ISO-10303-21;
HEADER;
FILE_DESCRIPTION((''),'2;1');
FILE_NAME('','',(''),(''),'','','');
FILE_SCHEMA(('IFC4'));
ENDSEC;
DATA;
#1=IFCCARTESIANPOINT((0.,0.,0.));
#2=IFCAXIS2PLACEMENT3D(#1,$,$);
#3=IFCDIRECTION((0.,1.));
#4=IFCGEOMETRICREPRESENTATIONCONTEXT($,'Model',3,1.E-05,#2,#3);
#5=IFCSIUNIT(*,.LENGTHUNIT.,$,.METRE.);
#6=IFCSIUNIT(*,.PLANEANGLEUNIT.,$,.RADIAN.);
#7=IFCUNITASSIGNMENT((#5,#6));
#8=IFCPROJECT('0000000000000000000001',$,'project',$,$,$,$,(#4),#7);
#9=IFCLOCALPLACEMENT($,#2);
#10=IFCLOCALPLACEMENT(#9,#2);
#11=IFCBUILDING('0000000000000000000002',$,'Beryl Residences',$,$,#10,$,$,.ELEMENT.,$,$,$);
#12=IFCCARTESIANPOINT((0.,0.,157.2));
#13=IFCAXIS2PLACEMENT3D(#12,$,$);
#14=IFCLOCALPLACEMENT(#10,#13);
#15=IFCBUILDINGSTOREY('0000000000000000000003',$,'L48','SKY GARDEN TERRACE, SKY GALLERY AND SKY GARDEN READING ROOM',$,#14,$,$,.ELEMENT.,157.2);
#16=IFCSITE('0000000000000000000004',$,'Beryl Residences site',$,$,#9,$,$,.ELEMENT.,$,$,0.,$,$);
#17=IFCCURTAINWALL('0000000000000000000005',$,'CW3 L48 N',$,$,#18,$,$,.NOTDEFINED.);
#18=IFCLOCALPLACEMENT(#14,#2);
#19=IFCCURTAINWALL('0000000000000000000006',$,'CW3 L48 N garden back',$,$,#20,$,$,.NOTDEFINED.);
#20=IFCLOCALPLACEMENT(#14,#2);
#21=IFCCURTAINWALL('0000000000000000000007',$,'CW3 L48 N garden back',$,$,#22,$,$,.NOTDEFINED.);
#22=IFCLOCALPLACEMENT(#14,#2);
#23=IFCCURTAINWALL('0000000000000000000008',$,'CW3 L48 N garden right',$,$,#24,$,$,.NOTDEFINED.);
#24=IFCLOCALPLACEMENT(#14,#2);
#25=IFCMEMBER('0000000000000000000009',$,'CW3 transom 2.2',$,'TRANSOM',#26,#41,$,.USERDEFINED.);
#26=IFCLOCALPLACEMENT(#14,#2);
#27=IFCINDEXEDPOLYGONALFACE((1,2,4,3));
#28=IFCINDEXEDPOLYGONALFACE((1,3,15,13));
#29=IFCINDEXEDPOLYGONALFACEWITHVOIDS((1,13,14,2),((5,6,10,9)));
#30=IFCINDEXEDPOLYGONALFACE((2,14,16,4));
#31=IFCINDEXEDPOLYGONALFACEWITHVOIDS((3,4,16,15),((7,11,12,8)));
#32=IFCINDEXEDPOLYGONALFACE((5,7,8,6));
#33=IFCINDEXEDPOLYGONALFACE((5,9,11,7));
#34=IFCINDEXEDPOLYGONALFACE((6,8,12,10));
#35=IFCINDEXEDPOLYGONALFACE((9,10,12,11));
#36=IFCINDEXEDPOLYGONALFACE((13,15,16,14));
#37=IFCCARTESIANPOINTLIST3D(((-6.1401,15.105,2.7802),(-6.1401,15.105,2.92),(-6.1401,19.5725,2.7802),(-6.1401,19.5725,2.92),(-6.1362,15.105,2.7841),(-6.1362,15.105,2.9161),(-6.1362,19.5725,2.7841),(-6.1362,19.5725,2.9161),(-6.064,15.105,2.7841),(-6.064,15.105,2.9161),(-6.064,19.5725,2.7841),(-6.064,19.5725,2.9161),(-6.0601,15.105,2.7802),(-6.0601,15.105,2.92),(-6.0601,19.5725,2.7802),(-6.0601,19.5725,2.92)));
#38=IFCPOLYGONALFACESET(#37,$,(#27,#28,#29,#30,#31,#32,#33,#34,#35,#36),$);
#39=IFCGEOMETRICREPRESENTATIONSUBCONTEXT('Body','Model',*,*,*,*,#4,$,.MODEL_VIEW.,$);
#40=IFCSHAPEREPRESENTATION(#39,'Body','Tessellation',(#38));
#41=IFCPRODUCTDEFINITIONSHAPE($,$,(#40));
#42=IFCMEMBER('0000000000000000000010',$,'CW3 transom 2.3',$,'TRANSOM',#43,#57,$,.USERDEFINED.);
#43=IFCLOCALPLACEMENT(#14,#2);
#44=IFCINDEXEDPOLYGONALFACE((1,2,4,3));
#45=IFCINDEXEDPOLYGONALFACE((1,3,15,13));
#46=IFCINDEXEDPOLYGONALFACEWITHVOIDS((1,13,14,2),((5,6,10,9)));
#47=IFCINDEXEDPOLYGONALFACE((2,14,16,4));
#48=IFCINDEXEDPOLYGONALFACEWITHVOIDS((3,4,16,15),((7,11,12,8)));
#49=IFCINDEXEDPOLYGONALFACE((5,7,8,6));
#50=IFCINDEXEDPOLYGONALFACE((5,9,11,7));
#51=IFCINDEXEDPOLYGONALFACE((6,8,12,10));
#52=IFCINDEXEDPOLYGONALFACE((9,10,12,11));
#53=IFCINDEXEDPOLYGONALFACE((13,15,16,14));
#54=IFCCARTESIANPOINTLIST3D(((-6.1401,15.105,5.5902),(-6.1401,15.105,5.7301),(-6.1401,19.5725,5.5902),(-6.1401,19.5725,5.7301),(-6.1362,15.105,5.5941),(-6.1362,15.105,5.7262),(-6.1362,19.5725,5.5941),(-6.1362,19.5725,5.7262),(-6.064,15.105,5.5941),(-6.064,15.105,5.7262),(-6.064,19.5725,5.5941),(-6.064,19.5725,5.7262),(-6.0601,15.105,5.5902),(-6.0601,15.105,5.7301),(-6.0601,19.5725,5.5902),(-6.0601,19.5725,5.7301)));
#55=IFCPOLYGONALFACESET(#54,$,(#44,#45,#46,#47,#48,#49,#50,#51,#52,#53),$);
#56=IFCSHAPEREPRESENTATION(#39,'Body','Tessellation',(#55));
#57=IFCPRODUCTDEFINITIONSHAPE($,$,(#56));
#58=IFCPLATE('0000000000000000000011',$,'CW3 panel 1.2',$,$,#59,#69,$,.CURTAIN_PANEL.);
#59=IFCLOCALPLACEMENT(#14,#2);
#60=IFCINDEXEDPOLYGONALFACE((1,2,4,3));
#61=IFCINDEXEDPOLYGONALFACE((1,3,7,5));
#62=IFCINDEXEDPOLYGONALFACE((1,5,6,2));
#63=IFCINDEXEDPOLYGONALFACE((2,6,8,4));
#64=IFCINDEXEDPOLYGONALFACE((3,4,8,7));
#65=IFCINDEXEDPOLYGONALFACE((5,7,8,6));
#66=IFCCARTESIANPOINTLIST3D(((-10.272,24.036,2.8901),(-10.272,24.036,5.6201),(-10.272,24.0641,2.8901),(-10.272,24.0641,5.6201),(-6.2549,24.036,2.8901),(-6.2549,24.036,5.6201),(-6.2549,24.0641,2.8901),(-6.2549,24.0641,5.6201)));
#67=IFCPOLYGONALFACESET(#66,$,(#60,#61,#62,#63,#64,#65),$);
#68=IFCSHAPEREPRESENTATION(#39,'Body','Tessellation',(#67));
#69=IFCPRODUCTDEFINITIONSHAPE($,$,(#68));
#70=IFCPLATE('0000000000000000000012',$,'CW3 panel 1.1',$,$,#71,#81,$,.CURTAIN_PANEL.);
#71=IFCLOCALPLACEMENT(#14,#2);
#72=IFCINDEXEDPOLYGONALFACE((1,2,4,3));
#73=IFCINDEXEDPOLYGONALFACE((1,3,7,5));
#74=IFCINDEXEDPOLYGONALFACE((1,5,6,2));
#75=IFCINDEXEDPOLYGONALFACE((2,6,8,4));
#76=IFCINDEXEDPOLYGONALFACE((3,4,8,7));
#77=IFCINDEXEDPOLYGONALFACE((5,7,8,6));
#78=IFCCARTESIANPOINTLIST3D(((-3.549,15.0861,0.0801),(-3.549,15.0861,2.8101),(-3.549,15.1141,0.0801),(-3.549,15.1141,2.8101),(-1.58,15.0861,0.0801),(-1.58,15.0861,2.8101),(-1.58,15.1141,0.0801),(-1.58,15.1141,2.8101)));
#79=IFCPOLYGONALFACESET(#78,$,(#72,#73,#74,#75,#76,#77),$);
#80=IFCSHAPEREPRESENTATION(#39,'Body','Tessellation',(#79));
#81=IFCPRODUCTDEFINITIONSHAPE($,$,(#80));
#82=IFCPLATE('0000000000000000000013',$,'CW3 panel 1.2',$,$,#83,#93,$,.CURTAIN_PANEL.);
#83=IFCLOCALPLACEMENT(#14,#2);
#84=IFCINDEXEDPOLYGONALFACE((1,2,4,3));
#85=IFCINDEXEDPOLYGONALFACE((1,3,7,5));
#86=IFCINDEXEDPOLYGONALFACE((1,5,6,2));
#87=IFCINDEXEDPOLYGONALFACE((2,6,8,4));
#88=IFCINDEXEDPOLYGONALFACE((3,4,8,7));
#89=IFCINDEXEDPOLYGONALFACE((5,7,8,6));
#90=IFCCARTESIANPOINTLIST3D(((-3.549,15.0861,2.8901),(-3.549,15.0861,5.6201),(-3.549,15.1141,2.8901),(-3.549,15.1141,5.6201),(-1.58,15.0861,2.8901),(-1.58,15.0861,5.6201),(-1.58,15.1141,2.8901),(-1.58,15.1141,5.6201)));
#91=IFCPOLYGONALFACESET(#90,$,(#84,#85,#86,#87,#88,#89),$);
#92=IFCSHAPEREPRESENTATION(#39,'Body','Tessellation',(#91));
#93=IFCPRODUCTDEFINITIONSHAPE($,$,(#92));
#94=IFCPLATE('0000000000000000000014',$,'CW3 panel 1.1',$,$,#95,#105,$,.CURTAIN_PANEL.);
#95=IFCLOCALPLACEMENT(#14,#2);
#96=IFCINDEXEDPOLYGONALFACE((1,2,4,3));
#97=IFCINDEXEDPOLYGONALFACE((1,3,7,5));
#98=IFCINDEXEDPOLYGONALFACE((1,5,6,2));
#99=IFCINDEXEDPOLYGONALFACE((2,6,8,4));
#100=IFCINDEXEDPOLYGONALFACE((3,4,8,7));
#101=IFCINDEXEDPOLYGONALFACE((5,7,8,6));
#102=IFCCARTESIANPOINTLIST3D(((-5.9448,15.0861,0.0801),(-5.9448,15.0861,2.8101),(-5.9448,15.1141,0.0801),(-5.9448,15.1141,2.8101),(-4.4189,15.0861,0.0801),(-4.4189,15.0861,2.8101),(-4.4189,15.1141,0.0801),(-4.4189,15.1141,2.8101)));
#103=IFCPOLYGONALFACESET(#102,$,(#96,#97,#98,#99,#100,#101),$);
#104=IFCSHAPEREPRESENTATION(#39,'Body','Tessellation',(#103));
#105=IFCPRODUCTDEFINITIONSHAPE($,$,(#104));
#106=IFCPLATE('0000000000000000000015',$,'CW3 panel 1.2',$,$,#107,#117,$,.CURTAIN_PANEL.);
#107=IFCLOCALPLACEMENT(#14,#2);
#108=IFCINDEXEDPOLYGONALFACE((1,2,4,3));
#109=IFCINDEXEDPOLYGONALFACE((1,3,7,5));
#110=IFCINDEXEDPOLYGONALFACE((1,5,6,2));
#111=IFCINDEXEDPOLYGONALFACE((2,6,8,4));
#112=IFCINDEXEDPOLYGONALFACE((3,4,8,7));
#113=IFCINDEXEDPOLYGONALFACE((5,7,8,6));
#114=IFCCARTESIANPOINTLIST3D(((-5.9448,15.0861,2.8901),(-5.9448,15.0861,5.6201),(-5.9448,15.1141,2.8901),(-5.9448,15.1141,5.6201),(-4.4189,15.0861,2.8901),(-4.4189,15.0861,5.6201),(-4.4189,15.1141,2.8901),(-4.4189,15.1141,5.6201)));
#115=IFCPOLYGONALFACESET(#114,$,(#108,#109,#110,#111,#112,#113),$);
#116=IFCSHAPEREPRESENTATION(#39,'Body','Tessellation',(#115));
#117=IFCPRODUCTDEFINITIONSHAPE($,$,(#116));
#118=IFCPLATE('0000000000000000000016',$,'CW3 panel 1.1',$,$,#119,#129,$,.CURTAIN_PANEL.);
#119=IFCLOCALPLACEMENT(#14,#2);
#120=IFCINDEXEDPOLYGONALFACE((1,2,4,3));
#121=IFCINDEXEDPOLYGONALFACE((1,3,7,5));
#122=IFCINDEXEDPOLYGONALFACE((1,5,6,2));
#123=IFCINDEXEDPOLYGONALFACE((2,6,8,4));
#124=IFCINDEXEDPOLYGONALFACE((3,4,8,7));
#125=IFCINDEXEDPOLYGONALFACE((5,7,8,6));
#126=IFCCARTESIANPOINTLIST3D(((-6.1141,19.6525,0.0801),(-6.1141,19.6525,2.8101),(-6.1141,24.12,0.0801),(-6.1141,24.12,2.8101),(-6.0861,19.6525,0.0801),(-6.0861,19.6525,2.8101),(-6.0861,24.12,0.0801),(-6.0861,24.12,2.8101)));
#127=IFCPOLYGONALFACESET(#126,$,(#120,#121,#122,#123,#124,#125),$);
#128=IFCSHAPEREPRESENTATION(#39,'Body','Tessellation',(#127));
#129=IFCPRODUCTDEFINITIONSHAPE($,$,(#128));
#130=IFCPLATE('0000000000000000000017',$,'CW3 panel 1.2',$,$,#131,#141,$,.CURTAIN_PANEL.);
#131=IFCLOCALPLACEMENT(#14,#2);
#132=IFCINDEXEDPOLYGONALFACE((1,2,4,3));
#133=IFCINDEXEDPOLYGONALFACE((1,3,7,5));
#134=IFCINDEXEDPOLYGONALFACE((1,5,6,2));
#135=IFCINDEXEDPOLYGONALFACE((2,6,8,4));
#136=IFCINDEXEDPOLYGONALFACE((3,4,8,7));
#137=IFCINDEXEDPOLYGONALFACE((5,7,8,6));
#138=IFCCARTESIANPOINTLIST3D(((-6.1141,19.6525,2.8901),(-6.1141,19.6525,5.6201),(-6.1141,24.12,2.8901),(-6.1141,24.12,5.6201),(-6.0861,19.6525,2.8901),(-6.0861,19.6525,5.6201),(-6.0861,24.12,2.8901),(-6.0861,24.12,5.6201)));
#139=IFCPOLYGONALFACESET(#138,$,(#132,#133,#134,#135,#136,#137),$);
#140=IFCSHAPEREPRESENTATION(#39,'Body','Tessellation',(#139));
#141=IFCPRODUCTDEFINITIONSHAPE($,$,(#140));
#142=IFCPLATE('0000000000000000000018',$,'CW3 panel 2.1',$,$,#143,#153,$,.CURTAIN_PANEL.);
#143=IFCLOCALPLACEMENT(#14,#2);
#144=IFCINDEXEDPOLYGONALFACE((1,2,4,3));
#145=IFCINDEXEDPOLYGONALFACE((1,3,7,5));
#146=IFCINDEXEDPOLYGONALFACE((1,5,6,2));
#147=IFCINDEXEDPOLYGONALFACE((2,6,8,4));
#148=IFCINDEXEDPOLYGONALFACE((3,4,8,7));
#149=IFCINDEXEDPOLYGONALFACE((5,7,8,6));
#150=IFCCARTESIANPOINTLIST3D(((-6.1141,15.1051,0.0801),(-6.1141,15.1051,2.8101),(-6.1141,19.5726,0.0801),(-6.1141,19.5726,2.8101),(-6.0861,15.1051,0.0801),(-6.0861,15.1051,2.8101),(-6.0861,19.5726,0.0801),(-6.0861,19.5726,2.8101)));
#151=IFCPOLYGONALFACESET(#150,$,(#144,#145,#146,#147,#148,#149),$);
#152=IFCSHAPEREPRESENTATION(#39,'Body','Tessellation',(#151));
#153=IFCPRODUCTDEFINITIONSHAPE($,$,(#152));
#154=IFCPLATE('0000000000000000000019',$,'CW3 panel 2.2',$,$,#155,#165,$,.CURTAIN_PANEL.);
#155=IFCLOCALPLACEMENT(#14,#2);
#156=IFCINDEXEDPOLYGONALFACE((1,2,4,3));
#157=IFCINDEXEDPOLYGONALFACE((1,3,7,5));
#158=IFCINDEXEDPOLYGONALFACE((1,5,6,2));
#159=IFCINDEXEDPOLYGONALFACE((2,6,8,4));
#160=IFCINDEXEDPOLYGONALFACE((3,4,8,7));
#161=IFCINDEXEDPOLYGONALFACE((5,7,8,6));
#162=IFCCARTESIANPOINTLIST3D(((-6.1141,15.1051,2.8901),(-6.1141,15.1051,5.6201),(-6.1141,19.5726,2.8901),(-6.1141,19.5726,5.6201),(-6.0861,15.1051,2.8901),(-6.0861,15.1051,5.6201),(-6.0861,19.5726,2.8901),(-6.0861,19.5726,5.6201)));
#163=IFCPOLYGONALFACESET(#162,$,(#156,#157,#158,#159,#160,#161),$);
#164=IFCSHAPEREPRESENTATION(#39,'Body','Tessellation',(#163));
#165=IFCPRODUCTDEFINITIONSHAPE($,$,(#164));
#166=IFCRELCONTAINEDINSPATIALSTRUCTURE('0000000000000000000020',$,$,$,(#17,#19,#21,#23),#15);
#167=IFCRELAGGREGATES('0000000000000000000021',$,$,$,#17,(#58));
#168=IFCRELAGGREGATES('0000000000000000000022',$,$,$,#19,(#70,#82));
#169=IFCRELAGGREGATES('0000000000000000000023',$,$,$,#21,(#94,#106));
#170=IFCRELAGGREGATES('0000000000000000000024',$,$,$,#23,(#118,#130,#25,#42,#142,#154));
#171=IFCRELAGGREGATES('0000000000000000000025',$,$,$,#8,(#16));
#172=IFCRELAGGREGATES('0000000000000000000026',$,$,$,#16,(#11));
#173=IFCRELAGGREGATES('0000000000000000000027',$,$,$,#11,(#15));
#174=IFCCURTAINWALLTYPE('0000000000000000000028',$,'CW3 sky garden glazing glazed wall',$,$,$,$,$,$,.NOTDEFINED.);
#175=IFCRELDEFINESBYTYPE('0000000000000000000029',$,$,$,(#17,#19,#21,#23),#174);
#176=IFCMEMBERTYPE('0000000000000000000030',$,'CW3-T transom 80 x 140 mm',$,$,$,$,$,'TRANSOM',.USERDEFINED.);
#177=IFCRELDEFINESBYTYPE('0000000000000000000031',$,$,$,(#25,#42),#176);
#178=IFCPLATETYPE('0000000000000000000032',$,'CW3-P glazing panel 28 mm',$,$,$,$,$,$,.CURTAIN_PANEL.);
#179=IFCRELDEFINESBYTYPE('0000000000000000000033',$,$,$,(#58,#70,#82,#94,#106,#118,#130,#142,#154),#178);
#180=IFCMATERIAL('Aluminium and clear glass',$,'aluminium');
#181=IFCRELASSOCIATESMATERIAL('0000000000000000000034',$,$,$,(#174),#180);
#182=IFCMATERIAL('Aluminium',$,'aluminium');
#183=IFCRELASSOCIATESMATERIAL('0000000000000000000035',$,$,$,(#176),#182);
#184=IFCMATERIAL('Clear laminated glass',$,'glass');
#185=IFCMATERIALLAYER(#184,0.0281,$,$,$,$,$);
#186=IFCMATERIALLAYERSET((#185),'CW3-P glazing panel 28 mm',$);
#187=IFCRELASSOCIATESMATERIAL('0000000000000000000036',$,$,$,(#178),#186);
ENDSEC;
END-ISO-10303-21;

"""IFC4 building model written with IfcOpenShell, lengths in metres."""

from ifc_helpers import new_model, si_unit, direction, frame, origin, origin_2d, place, context, subcontext, project, spatial, rectangle, hollow_rectangle, extrude, material, layer, layer_set, material_profile, profile_set, type_object, element, aggregate, save


model = new_model("IFC4")

# Units and contexts
model_context = context("Model", 3, precision=1e-05, world=origin(), true_north=direction((0.0, 1.0)))
body_context = subcontext(model_context, "Body", "Model", "MODEL_VIEW")
ifc_project = project(units=[si_unit("LENGTHUNIT", "METRE"), si_unit("PLANEANGLEUNIT", "RADIAN")], contexts=[model_context])

# Site, building, storey
site_placement = place(None, origin())
site = spatial("IfcSite", under=ifc_project, at=site_placement, Name="Beryl Residences site", CompositionType="ELEMENT", RefElevation=0.0)
building_placement = place(site_placement, origin())
building = spatial("IfcBuilding", under=site, at=building_placement, Name="Beryl Residences", CompositionType="ELEMENT")
storey_placement = place(building_placement, frame((0.0, 0.0, 157.2)))
storey = spatial("IfcBuildingStorey", under=building, at=storey_placement, Name="L48", Description="SKY GARDEN TERRACE, SKY GALLERY AND SKY GARDEN READING ROOM", CompositionType="ELEMENT", Elevation=157.2)

# Curtain wall
ifc_material_1 = material(Name="Aluminium and clear glass", Category="aluminium")
curtain_wall_type = type_object("IfcCurtainWallType", Name="CW3 sky garden glazing glazed wall", PredefinedType="NOTDEFINED", material=ifc_material_1)
curtain_wall_1_placement = place(storey_placement, origin())
curtain_wall_1 = element("IfcCurtainWall", 1, at=curtain_wall_1_placement, inside=storey, type_object=curtain_wall_type, Name="CW3 L48 N", PredefinedType="NOTDEFINED")

# Curtain walls
curtain_wall_2_placement = place(storey_placement, origin())
curtain_wall_2 = element("IfcCurtainWall", 2, at=curtain_wall_2_placement, inside=storey, type_object=curtain_wall_type, Name="CW3 L48 N garden back", PredefinedType="NOTDEFINED")
curtain_wall_3_placement = place(storey_placement, origin())
curtain_wall_3 = element("IfcCurtainWall", 3, at=curtain_wall_3_placement, inside=storey, type_object=curtain_wall_type, Name="CW3 L48 N garden back", PredefinedType="NOTDEFINED")
curtain_wall_4_placement = place(storey_placement, origin())
curtain_wall_4 = element("IfcCurtainWall", 4, at=curtain_wall_4_placement, inside=storey, type_object=curtain_wall_type, Name="CW3 L48 N garden right", PredefinedType="NOTDEFINED")

# Members
ifc_material_2 = material(Name="Aluminium", Category="aluminium")
ifc_material_profile_1 = material_profile(ifc_material_2, hollow_rectangle(XDim=0.0801, YDim=0.1399, WallThickness=0.0039, at=origin_2d()))
ifc_profile_set_1 = profile_set([ifc_material_profile_1], Name="Aluminium")
member_type_1 = type_object("IfcMemberType", Name="CW3-T transom 80 x 140 mm", ElementType="TRANSOM", PredefinedType="USERDEFINED", material=ifc_profile_set_1)
member_1_placement = place(storey_placement, frame((-6.1001, 19.5725, 2.8501), z_axis=(0.0, -1.0, 0.0), x_axis=(1.0, 0.0, 0.0)))
member_1 = element("IfcMember", 5, at=member_1_placement, type_object=member_type_1, Name="CW3 transom 2.2", ObjectType="TRANSOM", PredefinedType="USERDEFINED", context=body_context, shape_type="SweptSolid", body=[
    extrude(hollow_rectangle(XDim=0.0801, YDim=0.1399, WallThickness=0.0039, at=origin_2d()), origin(), (0.0, 0.0, 1.0), 4.4675),
])
member_2_placement = place(storey_placement, frame((-6.1001, 19.5725, 5.6602), z_axis=(0.0, -1.0, 0.0), x_axis=(1.0, 0.0, 0.0)))
member_2 = element("IfcMember", 6, at=member_2_placement, type_object=member_type_1, Name="CW3 transom 2.3", ObjectType="TRANSOM", PredefinedType="USERDEFINED", context=body_context, shape_type="SweptSolid", body=[
    extrude(hollow_rectangle(XDim=0.0801, YDim=0.1399, WallThickness=0.0039, at=origin_2d()), origin(), (0.0, 0.0, 1.0), 4.4675),
])

# Plates
ifc_material_3 = material(Name="Clear laminated glass", Category="glass")
ifc_layer = layer(ifc_material_3, 0.0281)
ifc_layer_set = layer_set([ifc_layer], Name="CW3-P glazing panel 28 mm")
plate_type = type_object("IfcPlateType", Name="CW3-P glazing panel 28 mm", PredefinedType="CURTAIN_PANEL", material=ifc_layer_set)
plate_1_placement = place(storey_placement, frame((-8.2634, 24.05, 2.8901), z_axis=(0.0, 0.0, 1.0), x_axis=(-1.0, 0.0, 0.0)))
plate_1 = element("IfcPlate", 7, at=plate_1_placement, type_object=plate_type, Name="CW3 panel 1.2", PredefinedType="CURTAIN_PANEL", context=body_context, shape_type="SweptSolid", body=[
    extrude(rectangle(XDim=4.0171, YDim=0.0281, at=origin_2d()), origin(), (0.0, 0.0, 1.0), 2.73),
])
aggregate(curtain_wall_1, [plate_1])
plate_2_placement = place(storey_placement, frame((-2.5645, 15.1001, 0.0801), z_axis=(0.0, 0.0, 1.0), x_axis=(-1.0, 0.0, 0.0)))
plate_2 = element("IfcPlate", 8, at=plate_2_placement, type_object=plate_type, Name="CW3 panel 1.1", PredefinedType="CURTAIN_PANEL", context=body_context, shape_type="SweptSolid", body=[
    extrude(rectangle(XDim=1.969, YDim=0.0281, at=origin_2d()), origin(), (0.0, 0.0, 1.0), 2.73),
])
plate_3_placement = place(storey_placement, frame((-2.5645, 15.1001, 2.8901), z_axis=(0.0, 0.0, 1.0), x_axis=(-1.0, 0.0, 0.0)))
plate_3 = element("IfcPlate", 9, at=plate_3_placement, type_object=plate_type, Name="CW3 panel 1.2", PredefinedType="CURTAIN_PANEL", context=body_context, shape_type="SweptSolid", body=[
    extrude(rectangle(XDim=1.969, YDim=0.0281, at=origin_2d()), origin(), (0.0, 0.0, 1.0), 2.73),
])
aggregate(curtain_wall_2, [plate_2, plate_3])
plate_4_placement = place(storey_placement, frame((-5.1819, 15.1001, 0.0801), z_axis=(0.0, 0.0, 1.0), x_axis=(-1.0, 0.0, 0.0)))
plate_4 = element("IfcPlate", 10, at=plate_4_placement, type_object=plate_type, Name="CW3 panel 1.1", PredefinedType="CURTAIN_PANEL", context=body_context, shape_type="SweptSolid", body=[
    extrude(rectangle(XDim=1.5259, YDim=0.0281, at=origin_2d()), origin(), (0.0, 0.0, 1.0), 2.73),
])
plate_5_placement = place(storey_placement, frame((-5.1819, 15.1001, 2.8901), z_axis=(0.0, 0.0, 1.0), x_axis=(-1.0, 0.0, 0.0)))
plate_5 = element("IfcPlate", 11, at=plate_5_placement, type_object=plate_type, Name="CW3 panel 1.2", PredefinedType="CURTAIN_PANEL", context=body_context, shape_type="SweptSolid", body=[
    extrude(rectangle(XDim=1.5259, YDim=0.0281, at=origin_2d()), origin(), (0.0, 0.0, 1.0), 2.73),
])
aggregate(curtain_wall_3, [plate_4, plate_5])
plate_6_placement = place(storey_placement, frame((-6.1001, 21.8862, 0.0801), z_axis=(0.0, 0.0, 1.0), x_axis=(0.0, -1.0, 0.0)))
plate_6 = element("IfcPlate", 12, at=plate_6_placement, type_object=plate_type, Name="CW3 panel 1.1", PredefinedType="CURTAIN_PANEL", context=body_context, shape_type="SweptSolid", body=[
    extrude(rectangle(XDim=4.4675, YDim=0.0281, at=origin_2d()), origin(), (0.0, 0.0, 1.0), 2.73),
])
plate_7_placement = place(storey_placement, frame((-6.1001, 21.8862, 2.8901), z_axis=(0.0, 0.0, 1.0), x_axis=(0.0, -1.0, 0.0)))
plate_7 = element("IfcPlate", 13, at=plate_7_placement, type_object=plate_type, Name="CW3 panel 1.2", PredefinedType="CURTAIN_PANEL", context=body_context, shape_type="SweptSolid", body=[
    extrude(rectangle(XDim=4.4675, YDim=0.0281, at=origin_2d()), origin(), (0.0, 0.0, 1.0), 2.73),
])
plate_8_placement = place(storey_placement, frame((-6.1001, 17.3389, 0.0801), z_axis=(0.0, 0.0, 1.0), x_axis=(0.0, -1.0, 0.0)))
plate_8 = element("IfcPlate", 14, at=plate_8_placement, type_object=plate_type, Name="CW3 panel 2.1", PredefinedType="CURTAIN_PANEL", context=body_context, shape_type="SweptSolid", body=[
    extrude(rectangle(XDim=4.4675, YDim=0.0281, at=origin_2d()), origin(), (0.0, 0.0, 1.0), 2.73),
])
plate_9_placement = place(storey_placement, frame((-6.1001, 17.3389, 2.8901), z_axis=(0.0, 0.0, 1.0), x_axis=(0.0, -1.0, 0.0)))
plate_9 = element("IfcPlate", 15, at=plate_9_placement, type_object=plate_type, Name="CW3 panel 2.2", PredefinedType="CURTAIN_PANEL", context=body_context, shape_type="SweptSolid", body=[
    extrude(rectangle(XDim=4.4675, YDim=0.0281, at=origin_2d()), origin(), (0.0, 0.0, 1.0), 2.73),
])
aggregate(curtain_wall_4, [plate_6, plate_7, member_1, member_2, plate_8, plate_9])

save(model, "model.ifc")
